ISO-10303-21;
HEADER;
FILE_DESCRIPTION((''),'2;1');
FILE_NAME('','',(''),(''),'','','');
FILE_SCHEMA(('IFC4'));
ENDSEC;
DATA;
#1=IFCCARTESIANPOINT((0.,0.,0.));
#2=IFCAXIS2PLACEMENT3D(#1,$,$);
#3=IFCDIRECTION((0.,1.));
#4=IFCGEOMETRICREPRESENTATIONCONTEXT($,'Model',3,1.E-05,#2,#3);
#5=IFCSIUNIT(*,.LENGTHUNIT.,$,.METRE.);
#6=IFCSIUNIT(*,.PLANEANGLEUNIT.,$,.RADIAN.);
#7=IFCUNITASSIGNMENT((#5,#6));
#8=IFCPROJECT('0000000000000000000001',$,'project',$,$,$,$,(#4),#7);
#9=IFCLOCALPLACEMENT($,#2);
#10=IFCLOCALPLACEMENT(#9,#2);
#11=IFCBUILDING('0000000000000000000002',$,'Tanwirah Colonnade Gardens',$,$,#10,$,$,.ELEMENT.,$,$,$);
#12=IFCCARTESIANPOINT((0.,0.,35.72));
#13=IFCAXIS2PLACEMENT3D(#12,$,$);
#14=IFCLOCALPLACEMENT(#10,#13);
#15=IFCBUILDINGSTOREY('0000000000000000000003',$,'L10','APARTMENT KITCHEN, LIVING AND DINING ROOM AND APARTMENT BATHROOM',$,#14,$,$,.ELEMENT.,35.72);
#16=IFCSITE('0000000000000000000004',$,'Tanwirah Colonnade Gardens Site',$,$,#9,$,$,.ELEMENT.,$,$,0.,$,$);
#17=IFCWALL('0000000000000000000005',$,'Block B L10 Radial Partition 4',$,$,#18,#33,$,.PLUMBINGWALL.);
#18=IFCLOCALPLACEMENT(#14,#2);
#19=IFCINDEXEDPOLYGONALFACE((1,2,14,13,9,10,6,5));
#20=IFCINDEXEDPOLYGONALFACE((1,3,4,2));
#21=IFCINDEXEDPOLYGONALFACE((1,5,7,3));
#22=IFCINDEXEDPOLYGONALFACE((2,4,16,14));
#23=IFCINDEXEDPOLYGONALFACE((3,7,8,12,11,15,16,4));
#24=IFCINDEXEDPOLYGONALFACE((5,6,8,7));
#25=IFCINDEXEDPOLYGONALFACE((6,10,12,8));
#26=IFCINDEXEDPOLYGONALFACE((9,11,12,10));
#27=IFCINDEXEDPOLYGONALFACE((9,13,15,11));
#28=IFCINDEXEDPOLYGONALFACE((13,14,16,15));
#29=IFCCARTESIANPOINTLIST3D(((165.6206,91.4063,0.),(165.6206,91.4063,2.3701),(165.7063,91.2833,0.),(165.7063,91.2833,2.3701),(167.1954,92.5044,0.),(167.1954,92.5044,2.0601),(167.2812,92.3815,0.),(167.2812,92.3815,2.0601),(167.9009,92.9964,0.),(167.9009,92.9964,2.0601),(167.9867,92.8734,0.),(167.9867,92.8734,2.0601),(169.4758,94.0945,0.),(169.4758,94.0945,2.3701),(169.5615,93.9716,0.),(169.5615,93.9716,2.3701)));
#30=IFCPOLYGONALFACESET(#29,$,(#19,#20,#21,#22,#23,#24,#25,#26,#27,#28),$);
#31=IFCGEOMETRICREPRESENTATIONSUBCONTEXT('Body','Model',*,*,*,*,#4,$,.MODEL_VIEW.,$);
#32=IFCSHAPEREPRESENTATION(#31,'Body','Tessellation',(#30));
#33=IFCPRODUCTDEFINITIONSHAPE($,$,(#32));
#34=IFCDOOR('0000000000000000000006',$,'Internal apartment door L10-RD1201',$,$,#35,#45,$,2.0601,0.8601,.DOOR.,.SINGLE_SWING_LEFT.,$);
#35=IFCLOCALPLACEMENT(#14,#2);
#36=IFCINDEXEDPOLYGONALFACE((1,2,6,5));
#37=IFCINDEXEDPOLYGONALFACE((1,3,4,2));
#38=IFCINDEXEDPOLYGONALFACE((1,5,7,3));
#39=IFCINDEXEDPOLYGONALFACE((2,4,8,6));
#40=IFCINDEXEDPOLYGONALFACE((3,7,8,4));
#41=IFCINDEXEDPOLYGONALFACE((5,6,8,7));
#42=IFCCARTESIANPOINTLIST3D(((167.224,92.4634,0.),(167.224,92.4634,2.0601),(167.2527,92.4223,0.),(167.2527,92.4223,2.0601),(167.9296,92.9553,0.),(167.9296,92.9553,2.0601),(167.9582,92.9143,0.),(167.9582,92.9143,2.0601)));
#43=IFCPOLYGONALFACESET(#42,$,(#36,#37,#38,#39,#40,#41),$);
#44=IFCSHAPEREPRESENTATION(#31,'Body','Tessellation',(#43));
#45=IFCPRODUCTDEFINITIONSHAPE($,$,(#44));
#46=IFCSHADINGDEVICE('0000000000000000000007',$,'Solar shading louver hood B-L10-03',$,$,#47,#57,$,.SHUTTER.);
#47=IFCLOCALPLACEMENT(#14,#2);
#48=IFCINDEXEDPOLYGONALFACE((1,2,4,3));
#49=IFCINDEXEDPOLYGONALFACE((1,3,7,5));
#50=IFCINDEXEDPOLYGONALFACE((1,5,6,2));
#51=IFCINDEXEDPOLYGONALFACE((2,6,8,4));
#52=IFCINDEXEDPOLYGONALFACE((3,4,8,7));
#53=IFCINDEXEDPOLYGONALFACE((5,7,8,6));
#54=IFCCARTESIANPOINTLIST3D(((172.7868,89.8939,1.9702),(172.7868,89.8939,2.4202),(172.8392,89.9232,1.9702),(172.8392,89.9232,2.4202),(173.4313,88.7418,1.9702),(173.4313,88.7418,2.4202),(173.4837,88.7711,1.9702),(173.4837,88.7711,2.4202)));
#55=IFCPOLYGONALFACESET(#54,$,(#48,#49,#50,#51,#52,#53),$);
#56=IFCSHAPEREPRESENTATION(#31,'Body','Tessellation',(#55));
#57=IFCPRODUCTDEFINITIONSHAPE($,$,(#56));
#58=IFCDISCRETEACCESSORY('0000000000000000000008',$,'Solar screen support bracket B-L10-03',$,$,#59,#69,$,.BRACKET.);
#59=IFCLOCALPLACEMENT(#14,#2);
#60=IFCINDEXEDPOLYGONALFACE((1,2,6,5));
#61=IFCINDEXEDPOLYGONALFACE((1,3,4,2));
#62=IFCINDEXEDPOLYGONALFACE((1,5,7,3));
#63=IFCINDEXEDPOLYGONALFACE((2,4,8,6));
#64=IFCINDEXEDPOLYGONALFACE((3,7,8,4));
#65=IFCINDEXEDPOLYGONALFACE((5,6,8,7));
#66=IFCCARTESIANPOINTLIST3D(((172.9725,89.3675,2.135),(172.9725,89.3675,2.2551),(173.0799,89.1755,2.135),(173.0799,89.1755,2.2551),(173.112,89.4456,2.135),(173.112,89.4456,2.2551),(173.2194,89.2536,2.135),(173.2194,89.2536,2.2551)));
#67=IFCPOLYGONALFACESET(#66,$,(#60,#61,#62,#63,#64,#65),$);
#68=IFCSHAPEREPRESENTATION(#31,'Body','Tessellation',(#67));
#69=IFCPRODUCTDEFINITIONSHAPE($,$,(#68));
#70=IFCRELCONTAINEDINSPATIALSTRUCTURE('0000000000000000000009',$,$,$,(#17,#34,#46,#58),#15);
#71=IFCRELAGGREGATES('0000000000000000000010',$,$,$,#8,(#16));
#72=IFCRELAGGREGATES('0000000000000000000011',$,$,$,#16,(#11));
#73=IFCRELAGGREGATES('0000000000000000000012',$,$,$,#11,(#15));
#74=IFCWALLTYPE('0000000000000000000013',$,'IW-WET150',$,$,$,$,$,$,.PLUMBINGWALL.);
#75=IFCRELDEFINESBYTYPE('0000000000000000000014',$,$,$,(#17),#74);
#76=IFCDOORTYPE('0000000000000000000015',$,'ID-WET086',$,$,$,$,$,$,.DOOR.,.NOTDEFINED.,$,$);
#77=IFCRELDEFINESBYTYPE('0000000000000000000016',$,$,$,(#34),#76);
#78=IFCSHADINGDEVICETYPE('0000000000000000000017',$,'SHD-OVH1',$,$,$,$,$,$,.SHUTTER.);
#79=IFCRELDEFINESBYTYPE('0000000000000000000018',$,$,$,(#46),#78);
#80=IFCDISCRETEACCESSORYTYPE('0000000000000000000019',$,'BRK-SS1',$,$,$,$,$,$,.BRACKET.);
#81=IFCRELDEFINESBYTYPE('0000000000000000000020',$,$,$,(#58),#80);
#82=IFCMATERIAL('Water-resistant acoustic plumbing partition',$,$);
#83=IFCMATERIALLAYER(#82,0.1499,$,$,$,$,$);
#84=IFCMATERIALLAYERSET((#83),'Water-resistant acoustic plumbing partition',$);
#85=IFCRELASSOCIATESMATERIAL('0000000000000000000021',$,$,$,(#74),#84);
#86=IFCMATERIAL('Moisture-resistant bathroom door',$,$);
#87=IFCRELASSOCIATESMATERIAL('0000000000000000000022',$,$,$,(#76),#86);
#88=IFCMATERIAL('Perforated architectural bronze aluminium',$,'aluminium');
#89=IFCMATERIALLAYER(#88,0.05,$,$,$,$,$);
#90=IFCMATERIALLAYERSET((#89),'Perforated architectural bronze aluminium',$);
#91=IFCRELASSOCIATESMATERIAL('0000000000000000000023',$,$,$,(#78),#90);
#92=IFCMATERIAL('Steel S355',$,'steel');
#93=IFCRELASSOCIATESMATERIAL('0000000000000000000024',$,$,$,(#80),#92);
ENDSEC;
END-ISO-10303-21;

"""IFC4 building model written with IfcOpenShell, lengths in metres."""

from ifc_helpers import new_model, si_unit, direction, frame, frame_2d, origin, origin_2d, place, context, subcontext, project, spatial, rectangle, extrude, material, layer, layer_set, type_object, element, fill, save


model = new_model("IFC4")

# Units and contexts
model_context = context("Model", 3, precision=1e-05, world=origin(), true_north=direction((0.0, 1.0)))
body_context = subcontext(model_context, "Body", "Model", "MODEL_VIEW")
ifc_project = project(units=[si_unit("LENGTHUNIT", "METRE"), si_unit("PLANEANGLEUNIT", "RADIAN")], contexts=[model_context])

# Site, building, storey
site_placement = place(None, origin())
site = spatial("IfcSite", under=ifc_project, at=site_placement, Name="Tanwirah Colonnade Gardens Site", CompositionType="ELEMENT", RefElevation=0.0)
building_placement = place(site_placement, origin())
building = spatial("IfcBuilding", under=site, at=building_placement, Name="Tanwirah Colonnade Gardens", CompositionType="ELEMENT")
storey_placement = place(building_placement, frame((0.0, 0.0, 35.72)))
storey = spatial("IfcBuildingStorey", under=building, at=storey_placement, Name="L10", Description="APARTMENT KITCHEN, LIVING AND DINING ROOM AND APARTMENT BATHROOM", CompositionType="ELEMENT", Elevation=35.72)

# Wall, opening, door
ifc_material_1 = material(Name="Water-resistant acoustic plumbing partition")
ifc_layer_1 = layer(ifc_material_1, 0.1499)
ifc_layer_set_1 = layer_set([ifc_layer_1], Name="Water-resistant acoustic plumbing partition")
wall_type_1 = type_object("IfcWallType", Name="IW-WET150", PredefinedType="PLUMBINGWALL", material=ifc_layer_set_1)
wall_1_placement = place(storey_placement, frame((165.6633, 91.3447, 0.0), z_axis=(0.0, 0.0, 1.0), x_axis=(0.820273, 0.571973, 0.0)))
wall_1 = element("IfcWall", 1, at=wall_1_placement, inside=storey, type_object=wall_type_1, Name="Block B L10 Radial Partition 4", PredefinedType="PLUMBINGWALL", context=body_context, shape_type="SweptSolid", body=[
    extrude(rectangle(XDim=4.7, YDim=0.1499, at=frame_2d((2.3501, 0.0))), origin(), (0.0, 0.0, 1.0), 2.3701),
])
opening_1_placement = place(wall_1_placement, frame((1.9199, 0.0, 0.0)))
opening_1 = element("IfcOpeningElement", 2, at=opening_1_placement, cuts=wall_1, PredefinedType="OPENING", context=body_context, shape_type="SweptSolid", body=[
    extrude(rectangle(XDim=0.8601, YDim=2.0601, at=frame_2d((0.4302, 1.03))), frame((0.0, 0.085, 0.0), z_axis=(0.0, -1.0, 0.0), x_axis=(1.0, 0.0, 0.0)), (0.0, 0.0, 1.0), 0.1699),
])
ifc_material_2 = material(Name="Moisture-resistant bathroom door")
door_type_1 = type_object("IfcDoorType", Name="ID-WET086", OperationType="NOTDEFINED", PredefinedType="DOOR", material=ifc_material_2)
door_1_placement = place(opening_1_placement, origin())
door_1 = element("IfcDoor", 3, at=door_1_placement, inside=storey, type_object=door_type_1, Name="Internal apartment door L10-RD1201", OperationType="SINGLE_SWING_LEFT", OverallHeight=2.0601, OverallWidth=0.8601, PredefinedType="DOOR", context=body_context, shape_type="SweptSolid", body=[
    extrude(rectangle(XDim=0.8601, YDim=2.0601, at=frame_2d((0.4302, 1.03))), frame((0.0, 0.0249, 0.0), z_axis=(0.0, -1.0, 0.0), x_axis=(1.0, 0.0, 0.0)), (0.0, 0.0, 1.0), 0.05),
])
fill(opening_1, door_1)

# Shading device
ifc_material_3 = material(Name="Perforated architectural bronze aluminium", Category="aluminium")
ifc_layer_2 = layer(ifc_material_3, 0.05)
ifc_layer_set_2 = layer_set([ifc_layer_2], Name="Perforated architectural bronze aluminium")
shading_device_type = type_object("IfcShadingDeviceType", Name="SHD-OVH1", PredefinedType="SHUTTER", material=ifc_layer_set_2)
shading_device_placement = place(storey_placement, frame((173.1353, 89.3325, 1.9702), z_axis=(0.0, 0.0, 1.0), x_axis=(-0.488197, 0.872734, 0.0)))
element("IfcShadingDevice", 4, at=shading_device_placement, inside=storey, type_object=shading_device_type, Name="Solar shading louver hood B-L10-03", PredefinedType="SHUTTER", context=body_context, shape_type="SweptSolid", body=[
    extrude(rectangle(XDim=1.3201, YDim=0.0601, at=origin_2d()), origin(), (0.0, 0.0, 1.0), 0.45),
])

# Discrete accessory
ifc_material_4 = material(Name="Steel S355", Category="steel")
discrete_accessory_type = type_object("IfcDiscreteAccessoryType", Name="BRK-SS1", PredefinedType="BRACKET", material=ifc_material_4)
discrete_accessory_placement = place(storey_placement, frame((173.0959, 89.3105, 2.135), z_axis=(0.0, 0.0, 1.0), x_axis=(-0.488197, 0.872734, 0.0)))
element("IfcDiscreteAccessory", 5, at=discrete_accessory_placement, inside=storey, type_object=discrete_accessory_type, Name="Solar screen support bracket B-L10-03", PredefinedType="BRACKET", context=body_context, shape_type="SweptSolid", body=[
    extrude(rectangle(XDim=0.22, YDim=0.1599, at=origin_2d()), origin(), (0.0, 0.0, 1.0), 0.1201),
])

save(model, "model.ifc")
